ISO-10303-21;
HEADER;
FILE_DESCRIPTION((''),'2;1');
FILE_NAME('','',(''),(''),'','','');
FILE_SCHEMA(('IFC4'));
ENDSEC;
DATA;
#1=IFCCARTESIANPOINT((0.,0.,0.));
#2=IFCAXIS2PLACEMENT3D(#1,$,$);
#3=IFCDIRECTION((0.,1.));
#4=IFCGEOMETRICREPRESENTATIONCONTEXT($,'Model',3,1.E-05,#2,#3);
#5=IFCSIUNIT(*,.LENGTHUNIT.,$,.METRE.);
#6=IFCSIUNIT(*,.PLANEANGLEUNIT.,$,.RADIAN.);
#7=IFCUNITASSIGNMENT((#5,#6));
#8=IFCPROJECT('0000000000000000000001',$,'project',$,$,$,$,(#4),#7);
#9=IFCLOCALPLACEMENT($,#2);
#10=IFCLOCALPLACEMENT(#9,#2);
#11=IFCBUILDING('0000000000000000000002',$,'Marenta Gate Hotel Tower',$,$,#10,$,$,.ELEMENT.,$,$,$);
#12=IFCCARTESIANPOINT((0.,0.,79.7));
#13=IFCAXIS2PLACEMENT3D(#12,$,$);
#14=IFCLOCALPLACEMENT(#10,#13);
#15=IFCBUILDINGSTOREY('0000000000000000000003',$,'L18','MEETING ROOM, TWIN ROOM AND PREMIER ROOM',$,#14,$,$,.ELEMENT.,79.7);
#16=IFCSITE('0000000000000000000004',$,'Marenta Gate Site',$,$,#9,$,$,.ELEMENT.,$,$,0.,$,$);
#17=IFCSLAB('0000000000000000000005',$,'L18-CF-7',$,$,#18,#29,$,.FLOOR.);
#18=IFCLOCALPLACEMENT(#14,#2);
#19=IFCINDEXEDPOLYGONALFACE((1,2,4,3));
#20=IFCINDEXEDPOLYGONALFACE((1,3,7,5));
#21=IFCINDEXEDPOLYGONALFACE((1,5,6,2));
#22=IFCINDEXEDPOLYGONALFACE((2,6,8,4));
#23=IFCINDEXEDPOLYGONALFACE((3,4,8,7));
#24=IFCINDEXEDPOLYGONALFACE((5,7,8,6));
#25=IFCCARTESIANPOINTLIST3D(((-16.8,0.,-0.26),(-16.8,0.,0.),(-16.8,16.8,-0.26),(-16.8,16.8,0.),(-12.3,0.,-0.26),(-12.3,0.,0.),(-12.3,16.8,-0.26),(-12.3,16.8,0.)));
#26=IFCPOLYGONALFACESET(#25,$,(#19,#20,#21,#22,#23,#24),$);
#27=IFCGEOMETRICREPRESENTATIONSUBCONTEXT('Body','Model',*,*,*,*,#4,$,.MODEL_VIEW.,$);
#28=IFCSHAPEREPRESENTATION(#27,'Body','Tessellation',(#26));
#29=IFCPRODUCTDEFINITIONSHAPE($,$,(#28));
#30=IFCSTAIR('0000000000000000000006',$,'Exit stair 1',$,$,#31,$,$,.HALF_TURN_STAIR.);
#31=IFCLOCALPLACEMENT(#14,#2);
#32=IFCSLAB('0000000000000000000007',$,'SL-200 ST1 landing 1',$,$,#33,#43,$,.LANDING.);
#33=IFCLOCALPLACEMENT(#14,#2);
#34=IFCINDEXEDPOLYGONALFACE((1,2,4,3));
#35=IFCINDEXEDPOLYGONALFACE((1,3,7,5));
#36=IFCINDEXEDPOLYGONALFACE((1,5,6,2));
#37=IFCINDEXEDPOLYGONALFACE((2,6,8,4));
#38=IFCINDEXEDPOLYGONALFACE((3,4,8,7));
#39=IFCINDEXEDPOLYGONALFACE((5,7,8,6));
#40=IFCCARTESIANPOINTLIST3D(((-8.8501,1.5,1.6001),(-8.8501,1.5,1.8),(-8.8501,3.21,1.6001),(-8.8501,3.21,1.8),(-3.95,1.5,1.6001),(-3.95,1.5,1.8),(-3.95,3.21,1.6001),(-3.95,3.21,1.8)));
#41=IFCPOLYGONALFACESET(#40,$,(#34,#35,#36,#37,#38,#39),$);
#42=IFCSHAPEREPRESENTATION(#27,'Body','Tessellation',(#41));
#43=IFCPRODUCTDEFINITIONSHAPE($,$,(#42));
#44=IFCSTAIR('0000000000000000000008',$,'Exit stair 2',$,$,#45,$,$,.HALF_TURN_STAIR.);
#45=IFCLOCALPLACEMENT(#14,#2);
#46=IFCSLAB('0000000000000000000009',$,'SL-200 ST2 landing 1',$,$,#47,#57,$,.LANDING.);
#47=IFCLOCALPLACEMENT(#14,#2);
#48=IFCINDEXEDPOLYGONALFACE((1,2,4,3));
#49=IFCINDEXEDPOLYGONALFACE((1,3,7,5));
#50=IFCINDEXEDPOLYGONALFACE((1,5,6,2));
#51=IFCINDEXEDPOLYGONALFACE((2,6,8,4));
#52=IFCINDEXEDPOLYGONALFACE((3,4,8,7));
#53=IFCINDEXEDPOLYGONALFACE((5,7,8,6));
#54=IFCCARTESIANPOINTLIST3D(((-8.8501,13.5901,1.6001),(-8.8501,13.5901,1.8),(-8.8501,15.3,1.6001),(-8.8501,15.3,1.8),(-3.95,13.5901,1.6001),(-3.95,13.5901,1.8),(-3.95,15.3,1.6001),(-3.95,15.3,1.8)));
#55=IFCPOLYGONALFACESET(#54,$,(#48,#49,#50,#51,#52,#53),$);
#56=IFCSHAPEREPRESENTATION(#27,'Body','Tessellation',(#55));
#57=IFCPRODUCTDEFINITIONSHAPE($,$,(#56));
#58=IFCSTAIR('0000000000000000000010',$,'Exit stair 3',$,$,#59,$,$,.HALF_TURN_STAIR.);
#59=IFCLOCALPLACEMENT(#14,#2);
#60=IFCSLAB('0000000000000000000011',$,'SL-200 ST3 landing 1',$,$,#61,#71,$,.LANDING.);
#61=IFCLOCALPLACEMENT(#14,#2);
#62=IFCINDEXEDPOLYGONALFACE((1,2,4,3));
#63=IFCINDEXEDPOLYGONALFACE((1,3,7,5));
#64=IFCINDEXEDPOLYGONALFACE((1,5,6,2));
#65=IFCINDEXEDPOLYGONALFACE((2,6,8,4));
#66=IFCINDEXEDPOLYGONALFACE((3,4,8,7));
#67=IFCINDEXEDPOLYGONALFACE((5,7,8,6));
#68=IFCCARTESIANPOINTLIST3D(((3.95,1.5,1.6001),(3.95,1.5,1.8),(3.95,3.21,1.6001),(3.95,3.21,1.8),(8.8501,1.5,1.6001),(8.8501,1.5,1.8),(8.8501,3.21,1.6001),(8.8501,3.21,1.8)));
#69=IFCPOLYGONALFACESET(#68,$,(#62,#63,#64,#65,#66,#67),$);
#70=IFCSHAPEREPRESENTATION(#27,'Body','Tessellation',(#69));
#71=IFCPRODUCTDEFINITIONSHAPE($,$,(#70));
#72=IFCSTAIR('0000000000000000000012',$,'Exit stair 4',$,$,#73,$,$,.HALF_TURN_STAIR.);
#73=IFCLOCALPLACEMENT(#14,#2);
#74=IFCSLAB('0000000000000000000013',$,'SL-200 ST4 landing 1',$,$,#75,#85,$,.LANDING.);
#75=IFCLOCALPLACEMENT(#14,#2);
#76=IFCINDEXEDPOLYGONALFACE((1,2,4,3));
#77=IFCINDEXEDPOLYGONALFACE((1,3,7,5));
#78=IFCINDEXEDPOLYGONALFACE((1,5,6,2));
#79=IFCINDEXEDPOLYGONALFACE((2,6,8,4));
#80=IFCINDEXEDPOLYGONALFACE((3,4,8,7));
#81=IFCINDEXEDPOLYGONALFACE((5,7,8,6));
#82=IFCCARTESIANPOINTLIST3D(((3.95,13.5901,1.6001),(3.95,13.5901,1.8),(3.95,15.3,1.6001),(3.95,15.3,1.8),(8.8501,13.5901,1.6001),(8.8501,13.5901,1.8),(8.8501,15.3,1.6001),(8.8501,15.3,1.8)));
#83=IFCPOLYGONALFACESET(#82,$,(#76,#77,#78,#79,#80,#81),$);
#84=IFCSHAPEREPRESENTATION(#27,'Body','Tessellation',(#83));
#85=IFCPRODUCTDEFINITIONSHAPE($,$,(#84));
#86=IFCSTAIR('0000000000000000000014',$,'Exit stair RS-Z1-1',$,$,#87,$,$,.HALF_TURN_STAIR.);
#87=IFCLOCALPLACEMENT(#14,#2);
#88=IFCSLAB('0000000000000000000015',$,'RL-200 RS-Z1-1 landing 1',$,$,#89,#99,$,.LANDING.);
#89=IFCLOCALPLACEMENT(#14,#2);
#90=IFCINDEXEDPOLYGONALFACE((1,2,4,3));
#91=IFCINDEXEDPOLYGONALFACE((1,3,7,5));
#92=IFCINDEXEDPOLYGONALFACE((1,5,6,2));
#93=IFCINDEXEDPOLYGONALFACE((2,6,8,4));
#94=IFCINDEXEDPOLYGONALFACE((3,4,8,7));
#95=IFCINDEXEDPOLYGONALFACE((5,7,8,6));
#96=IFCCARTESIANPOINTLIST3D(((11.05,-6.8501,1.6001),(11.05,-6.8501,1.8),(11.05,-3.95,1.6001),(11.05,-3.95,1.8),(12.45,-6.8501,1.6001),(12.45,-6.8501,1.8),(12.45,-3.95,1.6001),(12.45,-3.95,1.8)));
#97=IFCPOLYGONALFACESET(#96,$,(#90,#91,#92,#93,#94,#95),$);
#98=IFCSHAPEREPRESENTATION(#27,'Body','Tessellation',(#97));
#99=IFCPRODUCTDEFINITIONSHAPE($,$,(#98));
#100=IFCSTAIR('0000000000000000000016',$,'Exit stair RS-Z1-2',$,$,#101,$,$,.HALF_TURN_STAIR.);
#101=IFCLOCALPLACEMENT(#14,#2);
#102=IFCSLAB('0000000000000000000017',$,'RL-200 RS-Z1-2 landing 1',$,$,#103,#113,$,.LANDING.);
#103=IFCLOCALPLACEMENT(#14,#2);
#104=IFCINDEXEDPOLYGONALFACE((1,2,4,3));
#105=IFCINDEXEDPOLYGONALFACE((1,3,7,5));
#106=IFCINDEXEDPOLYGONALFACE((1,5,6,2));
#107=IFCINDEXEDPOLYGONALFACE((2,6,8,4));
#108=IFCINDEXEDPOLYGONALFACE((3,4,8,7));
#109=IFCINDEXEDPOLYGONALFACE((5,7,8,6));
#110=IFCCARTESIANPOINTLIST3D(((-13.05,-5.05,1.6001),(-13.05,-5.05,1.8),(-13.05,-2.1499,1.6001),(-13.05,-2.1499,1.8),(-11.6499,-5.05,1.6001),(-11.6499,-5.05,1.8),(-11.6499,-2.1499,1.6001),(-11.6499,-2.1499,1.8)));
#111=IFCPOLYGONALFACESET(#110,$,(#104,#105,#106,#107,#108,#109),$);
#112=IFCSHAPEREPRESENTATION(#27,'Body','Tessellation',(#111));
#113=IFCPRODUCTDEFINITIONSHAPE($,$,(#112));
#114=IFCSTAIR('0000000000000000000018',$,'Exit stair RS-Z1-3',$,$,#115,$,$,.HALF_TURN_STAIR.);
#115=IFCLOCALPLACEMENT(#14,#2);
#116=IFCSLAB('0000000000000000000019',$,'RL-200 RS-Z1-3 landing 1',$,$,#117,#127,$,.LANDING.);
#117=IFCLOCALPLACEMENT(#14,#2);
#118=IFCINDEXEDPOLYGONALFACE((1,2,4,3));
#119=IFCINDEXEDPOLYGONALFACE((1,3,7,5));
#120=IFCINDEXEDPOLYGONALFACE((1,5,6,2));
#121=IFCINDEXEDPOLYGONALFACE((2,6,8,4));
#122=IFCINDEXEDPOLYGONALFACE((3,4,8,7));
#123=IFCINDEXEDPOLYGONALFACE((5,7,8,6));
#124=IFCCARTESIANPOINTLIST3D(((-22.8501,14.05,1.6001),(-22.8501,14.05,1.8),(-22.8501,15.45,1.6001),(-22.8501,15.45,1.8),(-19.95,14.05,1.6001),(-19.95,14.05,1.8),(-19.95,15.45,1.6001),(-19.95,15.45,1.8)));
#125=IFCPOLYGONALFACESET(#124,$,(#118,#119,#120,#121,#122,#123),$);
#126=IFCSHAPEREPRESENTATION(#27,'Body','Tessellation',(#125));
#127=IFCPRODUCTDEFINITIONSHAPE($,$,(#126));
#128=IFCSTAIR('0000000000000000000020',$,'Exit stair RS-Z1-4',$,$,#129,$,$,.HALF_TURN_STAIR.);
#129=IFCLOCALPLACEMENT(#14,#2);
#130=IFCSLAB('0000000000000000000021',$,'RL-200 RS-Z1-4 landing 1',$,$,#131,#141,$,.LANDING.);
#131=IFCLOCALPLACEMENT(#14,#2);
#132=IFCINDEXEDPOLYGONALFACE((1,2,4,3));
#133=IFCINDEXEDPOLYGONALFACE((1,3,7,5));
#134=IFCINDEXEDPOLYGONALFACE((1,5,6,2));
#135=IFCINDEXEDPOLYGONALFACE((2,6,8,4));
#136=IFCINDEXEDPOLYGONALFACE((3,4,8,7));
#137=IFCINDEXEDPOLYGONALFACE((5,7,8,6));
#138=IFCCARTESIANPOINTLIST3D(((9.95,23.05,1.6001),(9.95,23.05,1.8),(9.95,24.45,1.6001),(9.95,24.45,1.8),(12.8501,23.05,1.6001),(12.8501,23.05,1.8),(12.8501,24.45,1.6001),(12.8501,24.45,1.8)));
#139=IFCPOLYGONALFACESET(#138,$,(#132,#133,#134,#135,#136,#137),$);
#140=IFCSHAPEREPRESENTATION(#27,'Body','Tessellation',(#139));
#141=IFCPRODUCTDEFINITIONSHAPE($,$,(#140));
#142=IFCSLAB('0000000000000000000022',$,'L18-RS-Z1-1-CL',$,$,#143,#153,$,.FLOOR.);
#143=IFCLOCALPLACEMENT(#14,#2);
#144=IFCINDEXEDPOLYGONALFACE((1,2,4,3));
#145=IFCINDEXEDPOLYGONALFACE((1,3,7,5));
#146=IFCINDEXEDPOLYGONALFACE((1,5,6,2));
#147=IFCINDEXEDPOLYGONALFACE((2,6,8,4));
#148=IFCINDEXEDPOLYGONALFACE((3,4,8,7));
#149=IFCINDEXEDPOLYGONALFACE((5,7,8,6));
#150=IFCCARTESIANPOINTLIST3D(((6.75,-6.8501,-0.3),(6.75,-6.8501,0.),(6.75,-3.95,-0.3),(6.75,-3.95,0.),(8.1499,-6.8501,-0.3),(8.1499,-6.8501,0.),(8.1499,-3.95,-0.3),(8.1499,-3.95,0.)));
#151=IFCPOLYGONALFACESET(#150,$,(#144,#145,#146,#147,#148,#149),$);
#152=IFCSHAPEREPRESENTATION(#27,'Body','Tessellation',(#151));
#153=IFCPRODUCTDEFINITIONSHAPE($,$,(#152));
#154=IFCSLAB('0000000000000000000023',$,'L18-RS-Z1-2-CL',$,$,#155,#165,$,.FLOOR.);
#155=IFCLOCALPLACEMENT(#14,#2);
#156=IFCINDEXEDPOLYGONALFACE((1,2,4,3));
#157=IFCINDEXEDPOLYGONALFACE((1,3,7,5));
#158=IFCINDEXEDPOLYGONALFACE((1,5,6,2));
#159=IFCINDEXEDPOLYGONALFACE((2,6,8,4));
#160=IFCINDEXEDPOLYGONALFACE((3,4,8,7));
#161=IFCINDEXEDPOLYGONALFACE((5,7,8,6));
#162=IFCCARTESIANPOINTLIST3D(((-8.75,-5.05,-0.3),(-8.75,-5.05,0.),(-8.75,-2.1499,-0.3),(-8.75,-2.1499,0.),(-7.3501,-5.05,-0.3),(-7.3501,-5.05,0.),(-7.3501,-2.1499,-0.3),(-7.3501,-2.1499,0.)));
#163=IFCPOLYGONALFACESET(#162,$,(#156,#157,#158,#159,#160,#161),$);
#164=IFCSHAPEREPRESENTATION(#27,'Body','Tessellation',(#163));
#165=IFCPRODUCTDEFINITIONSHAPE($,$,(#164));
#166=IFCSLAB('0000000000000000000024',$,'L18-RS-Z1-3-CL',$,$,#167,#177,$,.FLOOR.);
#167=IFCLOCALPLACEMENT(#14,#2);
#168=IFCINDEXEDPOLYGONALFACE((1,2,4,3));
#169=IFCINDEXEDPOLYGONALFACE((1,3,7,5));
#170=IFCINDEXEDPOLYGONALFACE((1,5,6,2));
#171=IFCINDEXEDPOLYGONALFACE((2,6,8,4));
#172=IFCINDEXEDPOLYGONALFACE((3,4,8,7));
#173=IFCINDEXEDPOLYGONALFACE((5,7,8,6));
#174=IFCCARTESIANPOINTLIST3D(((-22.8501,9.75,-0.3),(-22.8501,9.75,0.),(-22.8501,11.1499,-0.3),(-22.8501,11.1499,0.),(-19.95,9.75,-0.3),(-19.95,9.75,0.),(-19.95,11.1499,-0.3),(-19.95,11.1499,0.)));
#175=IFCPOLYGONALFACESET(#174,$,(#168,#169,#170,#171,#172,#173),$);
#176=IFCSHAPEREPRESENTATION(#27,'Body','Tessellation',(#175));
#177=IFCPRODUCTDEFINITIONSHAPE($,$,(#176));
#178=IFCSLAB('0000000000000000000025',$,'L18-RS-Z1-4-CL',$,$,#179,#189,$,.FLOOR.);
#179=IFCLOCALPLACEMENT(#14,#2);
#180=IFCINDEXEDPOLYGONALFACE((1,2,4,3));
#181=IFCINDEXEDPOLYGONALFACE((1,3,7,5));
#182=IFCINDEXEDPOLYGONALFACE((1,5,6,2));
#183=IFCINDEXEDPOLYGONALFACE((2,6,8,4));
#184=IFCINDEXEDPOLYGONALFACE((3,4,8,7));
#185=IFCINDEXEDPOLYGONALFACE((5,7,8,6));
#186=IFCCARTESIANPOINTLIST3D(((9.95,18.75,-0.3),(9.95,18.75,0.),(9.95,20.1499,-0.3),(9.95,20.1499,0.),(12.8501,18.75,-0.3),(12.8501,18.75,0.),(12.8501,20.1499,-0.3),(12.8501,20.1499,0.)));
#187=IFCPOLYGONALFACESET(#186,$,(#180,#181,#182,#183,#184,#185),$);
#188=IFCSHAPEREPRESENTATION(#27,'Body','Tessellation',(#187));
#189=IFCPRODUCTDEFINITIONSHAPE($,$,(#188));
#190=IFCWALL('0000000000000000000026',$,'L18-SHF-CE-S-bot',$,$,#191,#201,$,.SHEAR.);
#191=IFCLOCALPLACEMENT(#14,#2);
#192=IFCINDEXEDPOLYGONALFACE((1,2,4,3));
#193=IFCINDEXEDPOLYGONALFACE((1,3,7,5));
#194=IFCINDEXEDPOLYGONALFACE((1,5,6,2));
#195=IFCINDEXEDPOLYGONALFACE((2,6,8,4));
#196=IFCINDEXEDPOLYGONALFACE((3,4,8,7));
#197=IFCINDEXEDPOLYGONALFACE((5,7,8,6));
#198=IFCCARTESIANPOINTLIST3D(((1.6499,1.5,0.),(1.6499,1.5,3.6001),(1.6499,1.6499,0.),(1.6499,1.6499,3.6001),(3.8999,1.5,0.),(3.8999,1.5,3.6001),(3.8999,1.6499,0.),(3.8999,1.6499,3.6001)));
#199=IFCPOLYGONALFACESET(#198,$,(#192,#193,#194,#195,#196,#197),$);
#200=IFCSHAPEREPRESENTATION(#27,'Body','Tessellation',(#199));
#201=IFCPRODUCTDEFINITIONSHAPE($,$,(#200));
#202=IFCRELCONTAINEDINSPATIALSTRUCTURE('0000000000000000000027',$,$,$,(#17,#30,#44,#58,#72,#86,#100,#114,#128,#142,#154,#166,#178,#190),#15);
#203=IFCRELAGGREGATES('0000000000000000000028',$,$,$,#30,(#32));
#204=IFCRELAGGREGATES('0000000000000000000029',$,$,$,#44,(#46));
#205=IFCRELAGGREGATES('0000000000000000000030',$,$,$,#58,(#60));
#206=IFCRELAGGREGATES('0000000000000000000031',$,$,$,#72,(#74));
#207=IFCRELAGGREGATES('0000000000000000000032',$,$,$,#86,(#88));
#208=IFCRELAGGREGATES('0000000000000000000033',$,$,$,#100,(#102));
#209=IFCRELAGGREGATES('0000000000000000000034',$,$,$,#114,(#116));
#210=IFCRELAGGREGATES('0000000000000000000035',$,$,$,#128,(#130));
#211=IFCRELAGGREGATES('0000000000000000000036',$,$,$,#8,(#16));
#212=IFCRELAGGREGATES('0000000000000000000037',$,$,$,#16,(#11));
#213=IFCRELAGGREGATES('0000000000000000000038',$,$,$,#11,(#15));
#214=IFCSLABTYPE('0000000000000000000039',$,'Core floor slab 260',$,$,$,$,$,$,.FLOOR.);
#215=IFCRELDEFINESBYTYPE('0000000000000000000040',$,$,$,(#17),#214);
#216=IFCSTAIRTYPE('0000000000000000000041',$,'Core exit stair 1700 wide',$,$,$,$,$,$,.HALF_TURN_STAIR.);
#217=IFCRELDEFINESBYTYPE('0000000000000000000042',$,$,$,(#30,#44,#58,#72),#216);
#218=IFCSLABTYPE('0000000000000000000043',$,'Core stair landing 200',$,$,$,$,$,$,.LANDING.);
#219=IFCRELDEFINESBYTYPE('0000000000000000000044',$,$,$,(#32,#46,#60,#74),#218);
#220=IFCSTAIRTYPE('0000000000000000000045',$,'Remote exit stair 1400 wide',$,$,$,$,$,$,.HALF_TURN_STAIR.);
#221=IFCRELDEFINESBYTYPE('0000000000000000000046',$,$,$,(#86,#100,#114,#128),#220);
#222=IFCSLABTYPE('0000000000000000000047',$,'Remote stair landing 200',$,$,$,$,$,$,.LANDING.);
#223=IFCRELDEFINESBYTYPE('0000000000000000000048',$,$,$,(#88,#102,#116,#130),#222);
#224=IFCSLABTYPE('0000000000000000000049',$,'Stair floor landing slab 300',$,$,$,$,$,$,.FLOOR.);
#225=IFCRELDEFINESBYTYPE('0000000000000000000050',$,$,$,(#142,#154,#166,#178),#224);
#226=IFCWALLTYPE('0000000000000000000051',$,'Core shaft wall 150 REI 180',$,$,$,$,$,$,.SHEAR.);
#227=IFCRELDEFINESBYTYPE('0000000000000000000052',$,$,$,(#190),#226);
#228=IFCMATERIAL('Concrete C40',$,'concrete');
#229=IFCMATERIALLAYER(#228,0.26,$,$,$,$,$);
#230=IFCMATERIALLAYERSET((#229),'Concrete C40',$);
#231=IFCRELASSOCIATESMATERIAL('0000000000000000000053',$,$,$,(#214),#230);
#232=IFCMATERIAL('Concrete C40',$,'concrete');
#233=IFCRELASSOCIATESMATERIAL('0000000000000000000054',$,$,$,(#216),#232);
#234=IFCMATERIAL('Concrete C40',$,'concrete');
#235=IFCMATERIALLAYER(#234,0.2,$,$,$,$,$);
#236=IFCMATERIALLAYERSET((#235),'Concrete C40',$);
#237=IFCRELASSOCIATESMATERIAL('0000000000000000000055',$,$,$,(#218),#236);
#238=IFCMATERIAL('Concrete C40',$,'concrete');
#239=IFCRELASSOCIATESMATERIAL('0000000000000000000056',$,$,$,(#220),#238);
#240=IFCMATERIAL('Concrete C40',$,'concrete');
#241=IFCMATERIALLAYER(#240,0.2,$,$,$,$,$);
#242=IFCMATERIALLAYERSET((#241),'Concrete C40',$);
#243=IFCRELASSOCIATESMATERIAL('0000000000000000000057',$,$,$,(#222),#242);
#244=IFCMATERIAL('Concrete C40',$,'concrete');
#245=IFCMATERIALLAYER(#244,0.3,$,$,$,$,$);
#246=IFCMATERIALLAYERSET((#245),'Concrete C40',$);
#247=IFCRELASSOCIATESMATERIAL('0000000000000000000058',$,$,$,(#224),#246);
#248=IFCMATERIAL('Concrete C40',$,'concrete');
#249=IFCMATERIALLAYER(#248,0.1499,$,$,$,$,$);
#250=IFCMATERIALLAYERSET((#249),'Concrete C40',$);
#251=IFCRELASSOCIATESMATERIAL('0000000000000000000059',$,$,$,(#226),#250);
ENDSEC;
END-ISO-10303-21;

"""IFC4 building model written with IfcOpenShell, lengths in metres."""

from ifc_helpers import new_model, si_unit, direction, frame, frame_2d, origin, place, context, subcontext, project, spatial, polyline, rectangle, outline, extrude, material, layer, layer_set, type_object, element, aggregate, save


model = new_model("IFC4")

# Units and contexts
model_context = context("Model", 3, precision=1e-05, world=origin(), true_north=direction((0.0, 1.0)))
body_context = subcontext(model_context, "Body", "Model", "MODEL_VIEW")
ifc_project = project(units=[si_unit("LENGTHUNIT", "METRE"), si_unit("PLANEANGLEUNIT", "RADIAN")], contexts=[model_context])

# Site, building, storey
site_placement = place(None, origin())
site = spatial("IfcSite", under=ifc_project, at=site_placement, Name="Marenta Gate Site", CompositionType="ELEMENT", RefElevation=0.0)
building_placement = place(site_placement, origin())
building = spatial("IfcBuilding", under=site, at=building_placement, Name="Marenta Gate Hotel Tower", CompositionType="ELEMENT")
storey_placement = place(building_placement, frame((0.0, 0.0, 79.7)))
storey = spatial("IfcBuildingStorey", under=building, at=storey_placement, Name="L18", Description="MEETING ROOM, TWIN ROOM AND PREMIER ROOM", CompositionType="ELEMENT", Elevation=79.7)

# Slab
ifc_material_1 = material(Name="Concrete C40", Category="concrete")
ifc_layer_1 = layer(ifc_material_1, 0.26)
ifc_layer_set_1 = layer_set([ifc_layer_1], Name="Concrete C40")
slab_type_1 = type_object("IfcSlabType", Name="Core floor slab 260", PredefinedType="FLOOR", material=ifc_layer_set_1)
slab_1_placement = place(storey_placement, frame((0.0, 0.0, -0.26)))
element("IfcSlab", 1, at=slab_1_placement, inside=storey, type_object=slab_type_1, Name="L18-CF-7", PredefinedType="FLOOR", context=body_context, shape_type="SweptSolid", body=[
    extrude(outline(polyline([(-12.3, 16.8), (-12.3, 0.0), (-16.8, 0.0), (-16.8, 16.8), (-12.3, 16.8)])), origin(), (0.0, 0.0, 1.0), 0.26),
])

# Stairs, slabs
ifc_material_2 = material(Name="Concrete C40", Category="concrete")
stair_type_1 = type_object("IfcStairType", Name="Core exit stair 1700 wide", PredefinedType="HALF_TURN_STAIR", material=ifc_material_2)
stair_1_placement = place(storey_placement, origin())
stair_1 = element("IfcStair", 2, at=stair_1_placement, inside=storey, type_object=stair_type_1, Name="Exit stair 1", PredefinedType="HALF_TURN_STAIR")
ifc_material_3 = material(Name="Concrete C40", Category="concrete")
ifc_layer_2 = layer(ifc_material_3, 0.2)
ifc_layer_set_2 = layer_set([ifc_layer_2], Name="Concrete C40")
slab_type_2 = type_object("IfcSlabType", Name="Core stair landing 200", PredefinedType="LANDING", material=ifc_layer_set_2)
slab_2_placement = place(storey_placement, frame((0.0, 0.0, 1.6001)))
slab_2 = element("IfcSlab", 3, at=slab_2_placement, type_object=slab_type_2, Name="SL-200 ST1 landing 1", PredefinedType="LANDING", context=body_context, shape_type="SweptSolid", body=[
    extrude(outline(polyline([(-8.8501, 1.5), (-3.95, 1.5), (-3.95, 3.21), (-8.8501, 3.21), (-8.8501, 1.5)])), origin(), (0.0, 0.0, 1.0), 0.2),
])
aggregate(stair_1, [slab_2])
stair_2_placement = place(storey_placement, origin())
stair_2 = element("IfcStair", 4, at=stair_2_placement, inside=storey, type_object=stair_type_1, Name="Exit stair 2", PredefinedType="HALF_TURN_STAIR")
slab_3_placement = place(storey_placement, frame((0.0, 0.0, 1.6001)))
slab_3 = element("IfcSlab", 5, at=slab_3_placement, type_object=slab_type_2, Name="SL-200 ST2 landing 1", PredefinedType="LANDING", context=body_context, shape_type="SweptSolid", body=[
    extrude(outline(polyline([(-8.8501, 13.5901), (-3.95, 13.5901), (-3.95, 15.3), (-8.8501, 15.3), (-8.8501, 13.5901)])), origin(), (0.0, 0.0, 1.0), 0.2),
])
aggregate(stair_2, [slab_3])
stair_3_placement = place(storey_placement, origin())
stair_3 = element("IfcStair", 6, at=stair_3_placement, inside=storey, type_object=stair_type_1, Name="Exit stair 3", PredefinedType="HALF_TURN_STAIR")
slab_4_placement = place(storey_placement, frame((0.0, 0.0, 1.6001)))
slab_4 = element("IfcSlab", 7, at=slab_4_placement, type_object=slab_type_2, Name="SL-200 ST3 landing 1", PredefinedType="LANDING", context=body_context, shape_type="SweptSolid", body=[
    extrude(outline(polyline([(3.95, 1.5), (8.8501, 1.5), (8.8501, 3.21), (3.95, 3.21), (3.95, 1.5)])), origin(), (0.0, 0.0, 1.0), 0.2),
])
aggregate(stair_3, [slab_4])
stair_4_placement = place(storey_placement, origin())
stair_4 = element("IfcStair", 8, at=stair_4_placement, inside=storey, type_object=stair_type_1, Name="Exit stair 4", PredefinedType="HALF_TURN_STAIR")
slab_5_placement = place(storey_placement, frame((0.0, 0.0, 1.6001)))
slab_5 = element("IfcSlab", 9, at=slab_5_placement, type_object=slab_type_2, Name="SL-200 ST4 landing 1", PredefinedType="LANDING", context=body_context, shape_type="SweptSolid", body=[
    extrude(outline(polyline([(3.95, 13.5901), (8.8501, 13.5901), (8.8501, 15.3), (3.95, 15.3), (3.95, 13.5901)])), origin(), (0.0, 0.0, 1.0), 0.2),
])
aggregate(stair_4, [slab_5])
ifc_material_4 = material(Name="Concrete C40", Category="concrete")
stair_type_2 = type_object("IfcStairType", Name="Remote exit stair 1400 wide", PredefinedType="HALF_TURN_STAIR", material=ifc_material_4)
stair_5_placement = place(storey_placement, origin())
stair_5 = element("IfcStair", 10, at=stair_5_placement, inside=storey, type_object=stair_type_2, Name="Exit stair RS-Z1-1", PredefinedType="HALF_TURN_STAIR")
ifc_material_5 = material(Name="Concrete C40", Category="concrete")
ifc_layer_3 = layer(ifc_material_5, 0.2)
ifc_layer_set_3 = layer_set([ifc_layer_3], Name="Concrete C40")
slab_type_3 = type_object("IfcSlabType", Name="Remote stair landing 200", PredefinedType="LANDING", material=ifc_layer_set_3)
slab_6_placement = place(storey_placement, frame((0.0, 0.0, 1.6001)))
slab_6 = element("IfcSlab", 11, at=slab_6_placement, type_object=slab_type_3, Name="RL-200 RS-Z1-1 landing 1", PredefinedType="LANDING", context=body_context, shape_type="SweptSolid", body=[
    extrude(outline(polyline([(11.05, -6.8501), (12.45, -6.8501), (12.45, -3.95), (11.05, -3.95), (11.05, -6.8501)])), origin(), (0.0, 0.0, 1.0), 0.2),
])
aggregate(stair_5, [slab_6])
stair_6_placement = place(storey_placement, origin())
stair_6 = element("IfcStair", 12, at=stair_6_placement, inside=storey, type_object=stair_type_2, Name="Exit stair RS-Z1-2", PredefinedType="HALF_TURN_STAIR")
slab_7_placement = place(storey_placement, frame((0.0, 0.0, 1.6001)))
slab_7 = element("IfcSlab", 13, at=slab_7_placement, type_object=slab_type_3, Name="RL-200 RS-Z1-2 landing 1", PredefinedType="LANDING", context=body_context, shape_type="SweptSolid", body=[
    extrude(outline(polyline([(-13.05, -5.05), (-11.6499, -5.05), (-11.6499, -2.1499), (-13.05, -2.1499), (-13.05, -5.05)])), origin(), (0.0, 0.0, 1.0), 0.2),
])
aggregate(stair_6, [slab_7])
stair_7_placement = place(storey_placement, origin())
stair_7 = element("IfcStair", 14, at=stair_7_placement, inside=storey, type_object=stair_type_2, Name="Exit stair RS-Z1-3", PredefinedType="HALF_TURN_STAIR")
slab_8_placement = place(storey_placement, frame((0.0, 0.0, 1.6001)))
slab_8 = element("IfcSlab", 15, at=slab_8_placement, type_object=slab_type_3, Name="RL-200 RS-Z1-3 landing 1", PredefinedType="LANDING", context=body_context, shape_type="SweptSolid", body=[
    extrude(outline(polyline([(-22.8501, 14.05), (-19.95, 14.05), (-19.95, 15.45), (-22.8501, 15.45), (-22.8501, 14.05)])), origin(), (0.0, 0.0, 1.0), 0.2),
])
aggregate(stair_7, [slab_8])
stair_8_placement = place(storey_placement, origin())
stair_8 = element("IfcStair", 16, at=stair_8_placement, inside=storey, type_object=stair_type_2, Name="Exit stair RS-Z1-4", PredefinedType="HALF_TURN_STAIR")
slab_9_placement = place(storey_placement, frame((0.0, 0.0, 1.6001)))
slab_9 = element("IfcSlab", 17, at=slab_9_placement, type_object=slab_type_3, Name="RL-200 RS-Z1-4 landing 1", PredefinedType="LANDING", context=body_context, shape_type="SweptSolid", body=[
    extrude(outline(polyline([(9.95, 23.05), (12.8501, 23.05), (12.8501, 24.45), (9.95, 24.45), (9.95, 23.05)])), origin(), (0.0, 0.0, 1.0), 0.2),
])
aggregate(stair_8, [slab_9])

# Slabs
ifc_material_6 = material(Name="Concrete C40", Category="concrete")
ifc_layer_4 = layer(ifc_material_6, 0.3)
ifc_layer_set_4 = layer_set([ifc_layer_4], Name="Concrete C40")
slab_type_4 = type_object("IfcSlabType", Name="Stair floor landing slab 300", PredefinedType="FLOOR", material=ifc_layer_set_4)
slab_10_placement = place(storey_placement, frame((0.0, 0.0, -0.3)))
element("IfcSlab", 18, at=slab_10_placement, inside=storey, type_object=slab_type_4, Name="L18-RS-Z1-1-CL", PredefinedType="FLOOR", context=body_context, shape_type="SweptSolid", body=[
    extrude(outline(polyline([(8.1499, -6.8501), (8.1499, -3.95), (6.75, -3.95), (6.75, -6.8501), (8.1499, -6.8501)])), origin(), (0.0, 0.0, 1.0), 0.3),
])
slab_11_placement = place(storey_placement, frame((0.0, 0.0, -0.3)))
element("IfcSlab", 19, at=slab_11_placement, inside=storey, type_object=slab_type_4, Name="L18-RS-Z1-2-CL", PredefinedType="FLOOR", context=body_context, shape_type="SweptSolid", body=[
    extrude(outline(polyline([(-7.3501, -5.05), (-7.3501, -2.1499), (-8.75, -2.1499), (-8.75, -5.05), (-7.3501, -5.05)])), origin(), (0.0, 0.0, 1.0), 0.3),
])
slab_12_placement = place(storey_placement, frame((0.0, 0.0, -0.3)))
element("IfcSlab", 20, at=slab_12_placement, inside=storey, type_object=slab_type_4, Name="L18-RS-Z1-3-CL", PredefinedType="FLOOR", context=body_context, shape_type="SweptSolid", body=[
    extrude(outline(polyline([(-19.95, 9.75), (-19.95, 11.1499), (-22.8501, 11.1499), (-22.8501, 9.75), (-19.95, 9.75)])), origin(), (0.0, 0.0, 1.0), 0.3),
])
slab_13_placement = place(storey_placement, frame((0.0, 0.0, -0.3)))
element("IfcSlab", 21, at=slab_13_placement, inside=storey, type_object=slab_type_4, Name="L18-RS-Z1-4-CL", PredefinedType="FLOOR", context=body_context, shape_type="SweptSolid", body=[
    extrude(outline(polyline([(12.8501, 18.75), (12.8501, 20.1499), (9.95, 20.1499), (9.95, 18.75), (12.8501, 18.75)])), origin(), (0.0, 0.0, 1.0), 0.3),
])

# Wall
ifc_material_7 = material(Name="Concrete C40", Category="concrete")
ifc_layer_5 = layer(ifc_material_7, 0.1499)
ifc_layer_set_5 = layer_set([ifc_layer_5], Name="Concrete C40")
wall_type = type_object("IfcWallType", Name="Core shaft wall 150 REI 180", PredefinedType="SHEAR", material=ifc_layer_set_5)
wall_placement = place(storey_placement, frame((1.6499, 1.575, 0.0), z_axis=(0.0, 0.0, 1.0), x_axis=(1.0, 0.0, 0.0)))
element("IfcWall", 22, at=wall_placement, inside=storey, type_object=wall_type, Name="L18-SHF-CE-S-bot", PredefinedType="SHEAR", context=body_context, shape_type="SweptSolid", body=[
    extrude(rectangle(XDim=2.25, YDim=0.1499, at=frame_2d((1.125, 0.0))), origin(), (0.0, 0.0, 1.0), 3.6001),
])

save(model, "model.ifc")
